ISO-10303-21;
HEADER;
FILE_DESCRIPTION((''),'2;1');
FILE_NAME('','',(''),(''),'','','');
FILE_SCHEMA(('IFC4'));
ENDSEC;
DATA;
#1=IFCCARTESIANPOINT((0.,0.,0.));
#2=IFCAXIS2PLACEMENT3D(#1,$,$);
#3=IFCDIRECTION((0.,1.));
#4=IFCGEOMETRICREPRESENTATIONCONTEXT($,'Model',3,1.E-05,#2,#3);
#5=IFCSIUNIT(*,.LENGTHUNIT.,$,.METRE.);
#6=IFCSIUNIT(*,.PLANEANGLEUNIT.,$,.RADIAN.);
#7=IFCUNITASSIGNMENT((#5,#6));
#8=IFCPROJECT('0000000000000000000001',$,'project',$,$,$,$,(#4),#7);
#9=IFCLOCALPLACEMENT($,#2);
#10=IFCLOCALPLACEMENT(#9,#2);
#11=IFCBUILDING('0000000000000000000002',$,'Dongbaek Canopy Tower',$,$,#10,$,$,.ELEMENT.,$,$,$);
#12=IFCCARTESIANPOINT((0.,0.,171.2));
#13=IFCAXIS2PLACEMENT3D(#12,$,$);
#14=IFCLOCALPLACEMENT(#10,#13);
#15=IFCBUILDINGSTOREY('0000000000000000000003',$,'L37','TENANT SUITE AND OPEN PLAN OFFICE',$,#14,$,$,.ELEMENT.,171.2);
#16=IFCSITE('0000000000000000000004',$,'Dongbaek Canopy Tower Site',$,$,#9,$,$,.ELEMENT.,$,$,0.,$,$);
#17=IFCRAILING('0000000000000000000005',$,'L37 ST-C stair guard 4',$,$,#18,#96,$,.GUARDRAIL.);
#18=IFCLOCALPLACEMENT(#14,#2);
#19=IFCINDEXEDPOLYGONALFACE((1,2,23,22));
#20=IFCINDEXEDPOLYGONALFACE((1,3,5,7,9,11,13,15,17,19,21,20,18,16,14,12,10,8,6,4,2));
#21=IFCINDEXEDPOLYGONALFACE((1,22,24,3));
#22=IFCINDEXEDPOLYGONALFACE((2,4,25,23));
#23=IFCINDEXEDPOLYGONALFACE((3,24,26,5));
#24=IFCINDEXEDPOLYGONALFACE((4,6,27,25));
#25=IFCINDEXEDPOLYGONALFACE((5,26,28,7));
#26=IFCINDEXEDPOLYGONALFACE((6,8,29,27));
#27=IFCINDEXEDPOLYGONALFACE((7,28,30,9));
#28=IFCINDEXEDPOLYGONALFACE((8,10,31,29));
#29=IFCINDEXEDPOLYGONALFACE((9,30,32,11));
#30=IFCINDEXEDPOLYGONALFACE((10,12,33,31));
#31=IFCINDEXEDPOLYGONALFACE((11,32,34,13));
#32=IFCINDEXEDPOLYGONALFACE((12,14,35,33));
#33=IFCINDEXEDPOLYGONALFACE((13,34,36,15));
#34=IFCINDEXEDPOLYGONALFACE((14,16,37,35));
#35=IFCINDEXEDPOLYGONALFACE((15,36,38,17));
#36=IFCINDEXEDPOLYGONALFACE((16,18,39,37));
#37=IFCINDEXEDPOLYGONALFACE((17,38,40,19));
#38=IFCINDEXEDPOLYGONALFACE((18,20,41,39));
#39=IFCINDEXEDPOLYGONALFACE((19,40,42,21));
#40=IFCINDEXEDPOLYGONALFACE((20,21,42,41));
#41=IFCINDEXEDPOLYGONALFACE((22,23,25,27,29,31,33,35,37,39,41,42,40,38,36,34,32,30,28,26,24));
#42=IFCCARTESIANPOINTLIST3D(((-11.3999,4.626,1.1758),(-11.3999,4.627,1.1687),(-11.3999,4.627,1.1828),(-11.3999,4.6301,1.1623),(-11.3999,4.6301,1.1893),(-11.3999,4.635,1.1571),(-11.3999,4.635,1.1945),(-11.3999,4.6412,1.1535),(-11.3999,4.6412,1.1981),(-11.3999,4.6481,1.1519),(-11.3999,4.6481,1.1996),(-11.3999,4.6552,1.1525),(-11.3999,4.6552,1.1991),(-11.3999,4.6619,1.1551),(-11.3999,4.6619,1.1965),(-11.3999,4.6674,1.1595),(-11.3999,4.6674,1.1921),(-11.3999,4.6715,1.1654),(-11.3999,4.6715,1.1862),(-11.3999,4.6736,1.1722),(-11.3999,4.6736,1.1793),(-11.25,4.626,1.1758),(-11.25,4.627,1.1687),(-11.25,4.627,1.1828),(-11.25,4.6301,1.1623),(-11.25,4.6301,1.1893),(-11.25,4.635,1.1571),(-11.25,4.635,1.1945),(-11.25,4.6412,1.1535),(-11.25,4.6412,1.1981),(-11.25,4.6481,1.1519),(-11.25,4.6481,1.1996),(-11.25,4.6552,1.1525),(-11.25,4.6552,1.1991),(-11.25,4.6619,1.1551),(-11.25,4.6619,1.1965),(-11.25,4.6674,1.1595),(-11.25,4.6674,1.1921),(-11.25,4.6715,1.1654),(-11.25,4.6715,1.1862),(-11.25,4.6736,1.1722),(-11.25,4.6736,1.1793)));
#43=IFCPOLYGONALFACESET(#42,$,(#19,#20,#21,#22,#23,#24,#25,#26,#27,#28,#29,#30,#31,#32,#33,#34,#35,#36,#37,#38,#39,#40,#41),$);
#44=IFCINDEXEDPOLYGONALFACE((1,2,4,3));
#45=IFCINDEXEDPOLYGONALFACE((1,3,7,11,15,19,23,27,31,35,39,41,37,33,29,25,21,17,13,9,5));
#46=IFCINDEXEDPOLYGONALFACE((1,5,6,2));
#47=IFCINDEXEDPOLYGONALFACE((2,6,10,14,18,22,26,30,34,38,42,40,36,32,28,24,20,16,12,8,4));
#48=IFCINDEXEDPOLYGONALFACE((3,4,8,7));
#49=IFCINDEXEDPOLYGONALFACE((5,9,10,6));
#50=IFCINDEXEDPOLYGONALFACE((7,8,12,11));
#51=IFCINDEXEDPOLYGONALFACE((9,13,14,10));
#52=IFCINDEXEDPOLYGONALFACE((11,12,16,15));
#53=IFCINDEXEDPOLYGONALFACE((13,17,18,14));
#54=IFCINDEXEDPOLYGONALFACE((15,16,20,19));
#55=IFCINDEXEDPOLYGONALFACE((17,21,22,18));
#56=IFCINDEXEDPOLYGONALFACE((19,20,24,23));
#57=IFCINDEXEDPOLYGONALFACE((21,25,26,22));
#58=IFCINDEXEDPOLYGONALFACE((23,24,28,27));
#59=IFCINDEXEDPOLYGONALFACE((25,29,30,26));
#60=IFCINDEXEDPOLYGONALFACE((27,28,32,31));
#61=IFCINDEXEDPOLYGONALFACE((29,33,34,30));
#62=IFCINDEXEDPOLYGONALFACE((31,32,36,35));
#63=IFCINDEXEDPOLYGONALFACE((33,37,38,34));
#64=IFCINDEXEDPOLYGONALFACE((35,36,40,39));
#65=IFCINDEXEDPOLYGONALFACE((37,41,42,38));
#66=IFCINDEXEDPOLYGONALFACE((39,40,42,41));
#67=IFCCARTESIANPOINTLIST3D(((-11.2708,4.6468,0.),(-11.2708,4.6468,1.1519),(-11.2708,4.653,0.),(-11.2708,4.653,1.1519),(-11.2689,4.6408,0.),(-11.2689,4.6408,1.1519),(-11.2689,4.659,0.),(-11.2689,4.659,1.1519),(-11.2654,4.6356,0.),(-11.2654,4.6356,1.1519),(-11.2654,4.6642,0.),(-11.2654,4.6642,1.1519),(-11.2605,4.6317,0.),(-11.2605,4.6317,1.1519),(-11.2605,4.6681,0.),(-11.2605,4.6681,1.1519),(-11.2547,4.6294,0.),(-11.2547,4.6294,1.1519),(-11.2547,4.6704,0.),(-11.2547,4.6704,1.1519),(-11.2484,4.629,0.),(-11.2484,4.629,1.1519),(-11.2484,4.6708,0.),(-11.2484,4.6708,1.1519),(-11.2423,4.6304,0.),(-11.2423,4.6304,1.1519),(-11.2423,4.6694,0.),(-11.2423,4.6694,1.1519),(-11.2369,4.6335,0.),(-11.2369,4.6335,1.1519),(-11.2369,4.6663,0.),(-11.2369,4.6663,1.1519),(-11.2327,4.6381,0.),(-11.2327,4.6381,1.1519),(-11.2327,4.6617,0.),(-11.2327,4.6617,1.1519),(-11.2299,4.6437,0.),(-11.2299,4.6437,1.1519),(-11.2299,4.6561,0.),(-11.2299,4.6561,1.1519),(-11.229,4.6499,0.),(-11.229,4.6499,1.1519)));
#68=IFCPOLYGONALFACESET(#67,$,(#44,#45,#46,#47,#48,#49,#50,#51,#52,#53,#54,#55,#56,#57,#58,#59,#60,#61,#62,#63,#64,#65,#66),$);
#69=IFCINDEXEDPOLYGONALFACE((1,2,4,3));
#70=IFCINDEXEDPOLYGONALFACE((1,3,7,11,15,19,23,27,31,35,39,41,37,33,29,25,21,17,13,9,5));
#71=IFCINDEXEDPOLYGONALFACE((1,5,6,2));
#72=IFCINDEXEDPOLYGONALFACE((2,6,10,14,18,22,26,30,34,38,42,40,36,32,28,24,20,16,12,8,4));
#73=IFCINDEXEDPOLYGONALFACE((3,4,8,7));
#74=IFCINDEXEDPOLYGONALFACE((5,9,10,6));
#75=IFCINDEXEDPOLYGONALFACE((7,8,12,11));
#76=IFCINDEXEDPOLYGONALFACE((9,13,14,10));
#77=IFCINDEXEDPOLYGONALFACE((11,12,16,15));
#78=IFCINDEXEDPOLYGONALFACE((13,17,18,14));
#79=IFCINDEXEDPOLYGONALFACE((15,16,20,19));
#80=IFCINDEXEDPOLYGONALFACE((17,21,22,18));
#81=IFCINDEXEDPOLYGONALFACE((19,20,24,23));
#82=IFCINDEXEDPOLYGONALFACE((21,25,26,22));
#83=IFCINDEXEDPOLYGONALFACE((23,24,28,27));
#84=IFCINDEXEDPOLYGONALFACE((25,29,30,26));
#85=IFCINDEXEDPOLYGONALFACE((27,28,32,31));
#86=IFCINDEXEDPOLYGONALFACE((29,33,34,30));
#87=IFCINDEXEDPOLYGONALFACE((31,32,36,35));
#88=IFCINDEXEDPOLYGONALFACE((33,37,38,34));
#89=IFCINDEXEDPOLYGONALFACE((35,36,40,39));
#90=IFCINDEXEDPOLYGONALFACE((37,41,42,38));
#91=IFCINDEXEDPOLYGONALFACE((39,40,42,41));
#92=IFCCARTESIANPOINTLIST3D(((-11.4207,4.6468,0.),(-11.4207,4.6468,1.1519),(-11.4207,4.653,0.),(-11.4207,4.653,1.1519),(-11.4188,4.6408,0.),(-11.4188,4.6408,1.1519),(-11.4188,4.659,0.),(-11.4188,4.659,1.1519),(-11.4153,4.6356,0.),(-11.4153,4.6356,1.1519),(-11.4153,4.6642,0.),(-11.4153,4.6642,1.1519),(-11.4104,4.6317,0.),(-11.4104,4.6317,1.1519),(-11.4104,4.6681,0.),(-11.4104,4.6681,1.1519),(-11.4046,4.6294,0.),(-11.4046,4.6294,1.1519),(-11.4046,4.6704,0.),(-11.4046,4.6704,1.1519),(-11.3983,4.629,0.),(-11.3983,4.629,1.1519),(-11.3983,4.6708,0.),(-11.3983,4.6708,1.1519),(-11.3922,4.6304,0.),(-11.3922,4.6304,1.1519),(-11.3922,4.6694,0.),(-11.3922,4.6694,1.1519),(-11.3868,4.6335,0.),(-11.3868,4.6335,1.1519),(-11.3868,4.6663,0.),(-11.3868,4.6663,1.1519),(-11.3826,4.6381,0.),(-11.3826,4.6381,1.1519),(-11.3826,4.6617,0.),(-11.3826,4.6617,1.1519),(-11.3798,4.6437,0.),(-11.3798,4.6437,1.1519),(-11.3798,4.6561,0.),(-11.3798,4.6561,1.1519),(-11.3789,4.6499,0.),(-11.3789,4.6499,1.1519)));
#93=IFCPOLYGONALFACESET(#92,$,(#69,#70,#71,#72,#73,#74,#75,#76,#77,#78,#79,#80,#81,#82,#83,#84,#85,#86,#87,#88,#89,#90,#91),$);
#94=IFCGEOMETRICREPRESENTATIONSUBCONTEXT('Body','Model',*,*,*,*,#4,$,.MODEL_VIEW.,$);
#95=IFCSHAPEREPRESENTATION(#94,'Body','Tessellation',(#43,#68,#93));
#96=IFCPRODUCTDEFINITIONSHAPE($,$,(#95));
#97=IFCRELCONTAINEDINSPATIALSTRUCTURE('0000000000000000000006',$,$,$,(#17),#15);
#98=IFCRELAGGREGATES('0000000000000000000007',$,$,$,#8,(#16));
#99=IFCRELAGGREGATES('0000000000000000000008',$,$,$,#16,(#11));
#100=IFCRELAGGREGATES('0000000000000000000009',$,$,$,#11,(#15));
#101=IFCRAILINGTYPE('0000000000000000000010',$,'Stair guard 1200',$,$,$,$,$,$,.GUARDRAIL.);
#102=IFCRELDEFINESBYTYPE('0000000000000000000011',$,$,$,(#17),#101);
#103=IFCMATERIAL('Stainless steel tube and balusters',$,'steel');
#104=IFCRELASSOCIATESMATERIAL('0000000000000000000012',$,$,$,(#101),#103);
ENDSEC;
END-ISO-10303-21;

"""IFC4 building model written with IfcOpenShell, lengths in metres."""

from ifc_helpers import new_model, si_unit, direction, frame, origin, origin_2d, place, context, subcontext, project, spatial, circle, extrude, material, type_object, element, save


model = new_model("IFC4")

# Units and contexts
model_context = context("Model", 3, precision=1e-05, world=origin(), true_north=direction((0.0, 1.0)))
body_context = subcontext(model_context, "Body", "Model", "MODEL_VIEW")
ifc_project = project(units=[si_unit("LENGTHUNIT", "METRE"), si_unit("PLANEANGLEUNIT", "RADIAN")], contexts=[model_context])

# Site, building, storey
site_placement = place(None, origin())
site = spatial("IfcSite", under=ifc_project, at=site_placement, Name="Dongbaek Canopy Tower Site", CompositionType="ELEMENT", RefElevation=0.0)
building_placement = place(site_placement, origin())
building = spatial("IfcBuilding", under=site, at=building_placement, Name="Dongbaek Canopy Tower", CompositionType="ELEMENT")
storey_placement = place(building_placement, frame((0.0, 0.0, 171.2)))
storey = spatial("IfcBuildingStorey", under=building, at=storey_placement, Name="L37", Description="TENANT SUITE AND OPEN PLAN OFFICE", CompositionType="ELEMENT", Elevation=171.2)

# Railing
ifc_material_1 = material(Name="Stainless steel tube and balusters", Category="steel")
railing_type_1 = type_object("IfcRailingType", Name="Stair guard 1200", PredefinedType="GUARDRAIL", material=ifc_material_1)
railing_1_placement = place(storey_placement, frame((-11.25, 4.6499, 0.0)))
element("IfcRailing", 1, at=railing_1_placement, inside=storey, type_object=railing_type_1, Name="L37 ST-C stair guard 4", PredefinedType="GUARDRAIL", context=body_context, shape_type="SweptSolid", body=[
    extrude(circle(Radius=0.0239, at=origin_2d()), frame((0.0, 0.0, 1.1758), z_axis=(-1.0, 0.0, 0.0), x_axis=(0.0, -1.0, 0.0)), (0.0, 0.0, 1.0), 0.1499),
    extrude(circle(Radius=0.021, at=origin_2d()), origin(), (0.0, 0.0, 1.0), 1.1519),
    extrude(circle(Radius=0.021, at=origin_2d()), frame((-0.1499, 0.0, 0.0)), (0.0, 0.0, 1.0), 1.1519),
])

save(model, "model.ifc")
